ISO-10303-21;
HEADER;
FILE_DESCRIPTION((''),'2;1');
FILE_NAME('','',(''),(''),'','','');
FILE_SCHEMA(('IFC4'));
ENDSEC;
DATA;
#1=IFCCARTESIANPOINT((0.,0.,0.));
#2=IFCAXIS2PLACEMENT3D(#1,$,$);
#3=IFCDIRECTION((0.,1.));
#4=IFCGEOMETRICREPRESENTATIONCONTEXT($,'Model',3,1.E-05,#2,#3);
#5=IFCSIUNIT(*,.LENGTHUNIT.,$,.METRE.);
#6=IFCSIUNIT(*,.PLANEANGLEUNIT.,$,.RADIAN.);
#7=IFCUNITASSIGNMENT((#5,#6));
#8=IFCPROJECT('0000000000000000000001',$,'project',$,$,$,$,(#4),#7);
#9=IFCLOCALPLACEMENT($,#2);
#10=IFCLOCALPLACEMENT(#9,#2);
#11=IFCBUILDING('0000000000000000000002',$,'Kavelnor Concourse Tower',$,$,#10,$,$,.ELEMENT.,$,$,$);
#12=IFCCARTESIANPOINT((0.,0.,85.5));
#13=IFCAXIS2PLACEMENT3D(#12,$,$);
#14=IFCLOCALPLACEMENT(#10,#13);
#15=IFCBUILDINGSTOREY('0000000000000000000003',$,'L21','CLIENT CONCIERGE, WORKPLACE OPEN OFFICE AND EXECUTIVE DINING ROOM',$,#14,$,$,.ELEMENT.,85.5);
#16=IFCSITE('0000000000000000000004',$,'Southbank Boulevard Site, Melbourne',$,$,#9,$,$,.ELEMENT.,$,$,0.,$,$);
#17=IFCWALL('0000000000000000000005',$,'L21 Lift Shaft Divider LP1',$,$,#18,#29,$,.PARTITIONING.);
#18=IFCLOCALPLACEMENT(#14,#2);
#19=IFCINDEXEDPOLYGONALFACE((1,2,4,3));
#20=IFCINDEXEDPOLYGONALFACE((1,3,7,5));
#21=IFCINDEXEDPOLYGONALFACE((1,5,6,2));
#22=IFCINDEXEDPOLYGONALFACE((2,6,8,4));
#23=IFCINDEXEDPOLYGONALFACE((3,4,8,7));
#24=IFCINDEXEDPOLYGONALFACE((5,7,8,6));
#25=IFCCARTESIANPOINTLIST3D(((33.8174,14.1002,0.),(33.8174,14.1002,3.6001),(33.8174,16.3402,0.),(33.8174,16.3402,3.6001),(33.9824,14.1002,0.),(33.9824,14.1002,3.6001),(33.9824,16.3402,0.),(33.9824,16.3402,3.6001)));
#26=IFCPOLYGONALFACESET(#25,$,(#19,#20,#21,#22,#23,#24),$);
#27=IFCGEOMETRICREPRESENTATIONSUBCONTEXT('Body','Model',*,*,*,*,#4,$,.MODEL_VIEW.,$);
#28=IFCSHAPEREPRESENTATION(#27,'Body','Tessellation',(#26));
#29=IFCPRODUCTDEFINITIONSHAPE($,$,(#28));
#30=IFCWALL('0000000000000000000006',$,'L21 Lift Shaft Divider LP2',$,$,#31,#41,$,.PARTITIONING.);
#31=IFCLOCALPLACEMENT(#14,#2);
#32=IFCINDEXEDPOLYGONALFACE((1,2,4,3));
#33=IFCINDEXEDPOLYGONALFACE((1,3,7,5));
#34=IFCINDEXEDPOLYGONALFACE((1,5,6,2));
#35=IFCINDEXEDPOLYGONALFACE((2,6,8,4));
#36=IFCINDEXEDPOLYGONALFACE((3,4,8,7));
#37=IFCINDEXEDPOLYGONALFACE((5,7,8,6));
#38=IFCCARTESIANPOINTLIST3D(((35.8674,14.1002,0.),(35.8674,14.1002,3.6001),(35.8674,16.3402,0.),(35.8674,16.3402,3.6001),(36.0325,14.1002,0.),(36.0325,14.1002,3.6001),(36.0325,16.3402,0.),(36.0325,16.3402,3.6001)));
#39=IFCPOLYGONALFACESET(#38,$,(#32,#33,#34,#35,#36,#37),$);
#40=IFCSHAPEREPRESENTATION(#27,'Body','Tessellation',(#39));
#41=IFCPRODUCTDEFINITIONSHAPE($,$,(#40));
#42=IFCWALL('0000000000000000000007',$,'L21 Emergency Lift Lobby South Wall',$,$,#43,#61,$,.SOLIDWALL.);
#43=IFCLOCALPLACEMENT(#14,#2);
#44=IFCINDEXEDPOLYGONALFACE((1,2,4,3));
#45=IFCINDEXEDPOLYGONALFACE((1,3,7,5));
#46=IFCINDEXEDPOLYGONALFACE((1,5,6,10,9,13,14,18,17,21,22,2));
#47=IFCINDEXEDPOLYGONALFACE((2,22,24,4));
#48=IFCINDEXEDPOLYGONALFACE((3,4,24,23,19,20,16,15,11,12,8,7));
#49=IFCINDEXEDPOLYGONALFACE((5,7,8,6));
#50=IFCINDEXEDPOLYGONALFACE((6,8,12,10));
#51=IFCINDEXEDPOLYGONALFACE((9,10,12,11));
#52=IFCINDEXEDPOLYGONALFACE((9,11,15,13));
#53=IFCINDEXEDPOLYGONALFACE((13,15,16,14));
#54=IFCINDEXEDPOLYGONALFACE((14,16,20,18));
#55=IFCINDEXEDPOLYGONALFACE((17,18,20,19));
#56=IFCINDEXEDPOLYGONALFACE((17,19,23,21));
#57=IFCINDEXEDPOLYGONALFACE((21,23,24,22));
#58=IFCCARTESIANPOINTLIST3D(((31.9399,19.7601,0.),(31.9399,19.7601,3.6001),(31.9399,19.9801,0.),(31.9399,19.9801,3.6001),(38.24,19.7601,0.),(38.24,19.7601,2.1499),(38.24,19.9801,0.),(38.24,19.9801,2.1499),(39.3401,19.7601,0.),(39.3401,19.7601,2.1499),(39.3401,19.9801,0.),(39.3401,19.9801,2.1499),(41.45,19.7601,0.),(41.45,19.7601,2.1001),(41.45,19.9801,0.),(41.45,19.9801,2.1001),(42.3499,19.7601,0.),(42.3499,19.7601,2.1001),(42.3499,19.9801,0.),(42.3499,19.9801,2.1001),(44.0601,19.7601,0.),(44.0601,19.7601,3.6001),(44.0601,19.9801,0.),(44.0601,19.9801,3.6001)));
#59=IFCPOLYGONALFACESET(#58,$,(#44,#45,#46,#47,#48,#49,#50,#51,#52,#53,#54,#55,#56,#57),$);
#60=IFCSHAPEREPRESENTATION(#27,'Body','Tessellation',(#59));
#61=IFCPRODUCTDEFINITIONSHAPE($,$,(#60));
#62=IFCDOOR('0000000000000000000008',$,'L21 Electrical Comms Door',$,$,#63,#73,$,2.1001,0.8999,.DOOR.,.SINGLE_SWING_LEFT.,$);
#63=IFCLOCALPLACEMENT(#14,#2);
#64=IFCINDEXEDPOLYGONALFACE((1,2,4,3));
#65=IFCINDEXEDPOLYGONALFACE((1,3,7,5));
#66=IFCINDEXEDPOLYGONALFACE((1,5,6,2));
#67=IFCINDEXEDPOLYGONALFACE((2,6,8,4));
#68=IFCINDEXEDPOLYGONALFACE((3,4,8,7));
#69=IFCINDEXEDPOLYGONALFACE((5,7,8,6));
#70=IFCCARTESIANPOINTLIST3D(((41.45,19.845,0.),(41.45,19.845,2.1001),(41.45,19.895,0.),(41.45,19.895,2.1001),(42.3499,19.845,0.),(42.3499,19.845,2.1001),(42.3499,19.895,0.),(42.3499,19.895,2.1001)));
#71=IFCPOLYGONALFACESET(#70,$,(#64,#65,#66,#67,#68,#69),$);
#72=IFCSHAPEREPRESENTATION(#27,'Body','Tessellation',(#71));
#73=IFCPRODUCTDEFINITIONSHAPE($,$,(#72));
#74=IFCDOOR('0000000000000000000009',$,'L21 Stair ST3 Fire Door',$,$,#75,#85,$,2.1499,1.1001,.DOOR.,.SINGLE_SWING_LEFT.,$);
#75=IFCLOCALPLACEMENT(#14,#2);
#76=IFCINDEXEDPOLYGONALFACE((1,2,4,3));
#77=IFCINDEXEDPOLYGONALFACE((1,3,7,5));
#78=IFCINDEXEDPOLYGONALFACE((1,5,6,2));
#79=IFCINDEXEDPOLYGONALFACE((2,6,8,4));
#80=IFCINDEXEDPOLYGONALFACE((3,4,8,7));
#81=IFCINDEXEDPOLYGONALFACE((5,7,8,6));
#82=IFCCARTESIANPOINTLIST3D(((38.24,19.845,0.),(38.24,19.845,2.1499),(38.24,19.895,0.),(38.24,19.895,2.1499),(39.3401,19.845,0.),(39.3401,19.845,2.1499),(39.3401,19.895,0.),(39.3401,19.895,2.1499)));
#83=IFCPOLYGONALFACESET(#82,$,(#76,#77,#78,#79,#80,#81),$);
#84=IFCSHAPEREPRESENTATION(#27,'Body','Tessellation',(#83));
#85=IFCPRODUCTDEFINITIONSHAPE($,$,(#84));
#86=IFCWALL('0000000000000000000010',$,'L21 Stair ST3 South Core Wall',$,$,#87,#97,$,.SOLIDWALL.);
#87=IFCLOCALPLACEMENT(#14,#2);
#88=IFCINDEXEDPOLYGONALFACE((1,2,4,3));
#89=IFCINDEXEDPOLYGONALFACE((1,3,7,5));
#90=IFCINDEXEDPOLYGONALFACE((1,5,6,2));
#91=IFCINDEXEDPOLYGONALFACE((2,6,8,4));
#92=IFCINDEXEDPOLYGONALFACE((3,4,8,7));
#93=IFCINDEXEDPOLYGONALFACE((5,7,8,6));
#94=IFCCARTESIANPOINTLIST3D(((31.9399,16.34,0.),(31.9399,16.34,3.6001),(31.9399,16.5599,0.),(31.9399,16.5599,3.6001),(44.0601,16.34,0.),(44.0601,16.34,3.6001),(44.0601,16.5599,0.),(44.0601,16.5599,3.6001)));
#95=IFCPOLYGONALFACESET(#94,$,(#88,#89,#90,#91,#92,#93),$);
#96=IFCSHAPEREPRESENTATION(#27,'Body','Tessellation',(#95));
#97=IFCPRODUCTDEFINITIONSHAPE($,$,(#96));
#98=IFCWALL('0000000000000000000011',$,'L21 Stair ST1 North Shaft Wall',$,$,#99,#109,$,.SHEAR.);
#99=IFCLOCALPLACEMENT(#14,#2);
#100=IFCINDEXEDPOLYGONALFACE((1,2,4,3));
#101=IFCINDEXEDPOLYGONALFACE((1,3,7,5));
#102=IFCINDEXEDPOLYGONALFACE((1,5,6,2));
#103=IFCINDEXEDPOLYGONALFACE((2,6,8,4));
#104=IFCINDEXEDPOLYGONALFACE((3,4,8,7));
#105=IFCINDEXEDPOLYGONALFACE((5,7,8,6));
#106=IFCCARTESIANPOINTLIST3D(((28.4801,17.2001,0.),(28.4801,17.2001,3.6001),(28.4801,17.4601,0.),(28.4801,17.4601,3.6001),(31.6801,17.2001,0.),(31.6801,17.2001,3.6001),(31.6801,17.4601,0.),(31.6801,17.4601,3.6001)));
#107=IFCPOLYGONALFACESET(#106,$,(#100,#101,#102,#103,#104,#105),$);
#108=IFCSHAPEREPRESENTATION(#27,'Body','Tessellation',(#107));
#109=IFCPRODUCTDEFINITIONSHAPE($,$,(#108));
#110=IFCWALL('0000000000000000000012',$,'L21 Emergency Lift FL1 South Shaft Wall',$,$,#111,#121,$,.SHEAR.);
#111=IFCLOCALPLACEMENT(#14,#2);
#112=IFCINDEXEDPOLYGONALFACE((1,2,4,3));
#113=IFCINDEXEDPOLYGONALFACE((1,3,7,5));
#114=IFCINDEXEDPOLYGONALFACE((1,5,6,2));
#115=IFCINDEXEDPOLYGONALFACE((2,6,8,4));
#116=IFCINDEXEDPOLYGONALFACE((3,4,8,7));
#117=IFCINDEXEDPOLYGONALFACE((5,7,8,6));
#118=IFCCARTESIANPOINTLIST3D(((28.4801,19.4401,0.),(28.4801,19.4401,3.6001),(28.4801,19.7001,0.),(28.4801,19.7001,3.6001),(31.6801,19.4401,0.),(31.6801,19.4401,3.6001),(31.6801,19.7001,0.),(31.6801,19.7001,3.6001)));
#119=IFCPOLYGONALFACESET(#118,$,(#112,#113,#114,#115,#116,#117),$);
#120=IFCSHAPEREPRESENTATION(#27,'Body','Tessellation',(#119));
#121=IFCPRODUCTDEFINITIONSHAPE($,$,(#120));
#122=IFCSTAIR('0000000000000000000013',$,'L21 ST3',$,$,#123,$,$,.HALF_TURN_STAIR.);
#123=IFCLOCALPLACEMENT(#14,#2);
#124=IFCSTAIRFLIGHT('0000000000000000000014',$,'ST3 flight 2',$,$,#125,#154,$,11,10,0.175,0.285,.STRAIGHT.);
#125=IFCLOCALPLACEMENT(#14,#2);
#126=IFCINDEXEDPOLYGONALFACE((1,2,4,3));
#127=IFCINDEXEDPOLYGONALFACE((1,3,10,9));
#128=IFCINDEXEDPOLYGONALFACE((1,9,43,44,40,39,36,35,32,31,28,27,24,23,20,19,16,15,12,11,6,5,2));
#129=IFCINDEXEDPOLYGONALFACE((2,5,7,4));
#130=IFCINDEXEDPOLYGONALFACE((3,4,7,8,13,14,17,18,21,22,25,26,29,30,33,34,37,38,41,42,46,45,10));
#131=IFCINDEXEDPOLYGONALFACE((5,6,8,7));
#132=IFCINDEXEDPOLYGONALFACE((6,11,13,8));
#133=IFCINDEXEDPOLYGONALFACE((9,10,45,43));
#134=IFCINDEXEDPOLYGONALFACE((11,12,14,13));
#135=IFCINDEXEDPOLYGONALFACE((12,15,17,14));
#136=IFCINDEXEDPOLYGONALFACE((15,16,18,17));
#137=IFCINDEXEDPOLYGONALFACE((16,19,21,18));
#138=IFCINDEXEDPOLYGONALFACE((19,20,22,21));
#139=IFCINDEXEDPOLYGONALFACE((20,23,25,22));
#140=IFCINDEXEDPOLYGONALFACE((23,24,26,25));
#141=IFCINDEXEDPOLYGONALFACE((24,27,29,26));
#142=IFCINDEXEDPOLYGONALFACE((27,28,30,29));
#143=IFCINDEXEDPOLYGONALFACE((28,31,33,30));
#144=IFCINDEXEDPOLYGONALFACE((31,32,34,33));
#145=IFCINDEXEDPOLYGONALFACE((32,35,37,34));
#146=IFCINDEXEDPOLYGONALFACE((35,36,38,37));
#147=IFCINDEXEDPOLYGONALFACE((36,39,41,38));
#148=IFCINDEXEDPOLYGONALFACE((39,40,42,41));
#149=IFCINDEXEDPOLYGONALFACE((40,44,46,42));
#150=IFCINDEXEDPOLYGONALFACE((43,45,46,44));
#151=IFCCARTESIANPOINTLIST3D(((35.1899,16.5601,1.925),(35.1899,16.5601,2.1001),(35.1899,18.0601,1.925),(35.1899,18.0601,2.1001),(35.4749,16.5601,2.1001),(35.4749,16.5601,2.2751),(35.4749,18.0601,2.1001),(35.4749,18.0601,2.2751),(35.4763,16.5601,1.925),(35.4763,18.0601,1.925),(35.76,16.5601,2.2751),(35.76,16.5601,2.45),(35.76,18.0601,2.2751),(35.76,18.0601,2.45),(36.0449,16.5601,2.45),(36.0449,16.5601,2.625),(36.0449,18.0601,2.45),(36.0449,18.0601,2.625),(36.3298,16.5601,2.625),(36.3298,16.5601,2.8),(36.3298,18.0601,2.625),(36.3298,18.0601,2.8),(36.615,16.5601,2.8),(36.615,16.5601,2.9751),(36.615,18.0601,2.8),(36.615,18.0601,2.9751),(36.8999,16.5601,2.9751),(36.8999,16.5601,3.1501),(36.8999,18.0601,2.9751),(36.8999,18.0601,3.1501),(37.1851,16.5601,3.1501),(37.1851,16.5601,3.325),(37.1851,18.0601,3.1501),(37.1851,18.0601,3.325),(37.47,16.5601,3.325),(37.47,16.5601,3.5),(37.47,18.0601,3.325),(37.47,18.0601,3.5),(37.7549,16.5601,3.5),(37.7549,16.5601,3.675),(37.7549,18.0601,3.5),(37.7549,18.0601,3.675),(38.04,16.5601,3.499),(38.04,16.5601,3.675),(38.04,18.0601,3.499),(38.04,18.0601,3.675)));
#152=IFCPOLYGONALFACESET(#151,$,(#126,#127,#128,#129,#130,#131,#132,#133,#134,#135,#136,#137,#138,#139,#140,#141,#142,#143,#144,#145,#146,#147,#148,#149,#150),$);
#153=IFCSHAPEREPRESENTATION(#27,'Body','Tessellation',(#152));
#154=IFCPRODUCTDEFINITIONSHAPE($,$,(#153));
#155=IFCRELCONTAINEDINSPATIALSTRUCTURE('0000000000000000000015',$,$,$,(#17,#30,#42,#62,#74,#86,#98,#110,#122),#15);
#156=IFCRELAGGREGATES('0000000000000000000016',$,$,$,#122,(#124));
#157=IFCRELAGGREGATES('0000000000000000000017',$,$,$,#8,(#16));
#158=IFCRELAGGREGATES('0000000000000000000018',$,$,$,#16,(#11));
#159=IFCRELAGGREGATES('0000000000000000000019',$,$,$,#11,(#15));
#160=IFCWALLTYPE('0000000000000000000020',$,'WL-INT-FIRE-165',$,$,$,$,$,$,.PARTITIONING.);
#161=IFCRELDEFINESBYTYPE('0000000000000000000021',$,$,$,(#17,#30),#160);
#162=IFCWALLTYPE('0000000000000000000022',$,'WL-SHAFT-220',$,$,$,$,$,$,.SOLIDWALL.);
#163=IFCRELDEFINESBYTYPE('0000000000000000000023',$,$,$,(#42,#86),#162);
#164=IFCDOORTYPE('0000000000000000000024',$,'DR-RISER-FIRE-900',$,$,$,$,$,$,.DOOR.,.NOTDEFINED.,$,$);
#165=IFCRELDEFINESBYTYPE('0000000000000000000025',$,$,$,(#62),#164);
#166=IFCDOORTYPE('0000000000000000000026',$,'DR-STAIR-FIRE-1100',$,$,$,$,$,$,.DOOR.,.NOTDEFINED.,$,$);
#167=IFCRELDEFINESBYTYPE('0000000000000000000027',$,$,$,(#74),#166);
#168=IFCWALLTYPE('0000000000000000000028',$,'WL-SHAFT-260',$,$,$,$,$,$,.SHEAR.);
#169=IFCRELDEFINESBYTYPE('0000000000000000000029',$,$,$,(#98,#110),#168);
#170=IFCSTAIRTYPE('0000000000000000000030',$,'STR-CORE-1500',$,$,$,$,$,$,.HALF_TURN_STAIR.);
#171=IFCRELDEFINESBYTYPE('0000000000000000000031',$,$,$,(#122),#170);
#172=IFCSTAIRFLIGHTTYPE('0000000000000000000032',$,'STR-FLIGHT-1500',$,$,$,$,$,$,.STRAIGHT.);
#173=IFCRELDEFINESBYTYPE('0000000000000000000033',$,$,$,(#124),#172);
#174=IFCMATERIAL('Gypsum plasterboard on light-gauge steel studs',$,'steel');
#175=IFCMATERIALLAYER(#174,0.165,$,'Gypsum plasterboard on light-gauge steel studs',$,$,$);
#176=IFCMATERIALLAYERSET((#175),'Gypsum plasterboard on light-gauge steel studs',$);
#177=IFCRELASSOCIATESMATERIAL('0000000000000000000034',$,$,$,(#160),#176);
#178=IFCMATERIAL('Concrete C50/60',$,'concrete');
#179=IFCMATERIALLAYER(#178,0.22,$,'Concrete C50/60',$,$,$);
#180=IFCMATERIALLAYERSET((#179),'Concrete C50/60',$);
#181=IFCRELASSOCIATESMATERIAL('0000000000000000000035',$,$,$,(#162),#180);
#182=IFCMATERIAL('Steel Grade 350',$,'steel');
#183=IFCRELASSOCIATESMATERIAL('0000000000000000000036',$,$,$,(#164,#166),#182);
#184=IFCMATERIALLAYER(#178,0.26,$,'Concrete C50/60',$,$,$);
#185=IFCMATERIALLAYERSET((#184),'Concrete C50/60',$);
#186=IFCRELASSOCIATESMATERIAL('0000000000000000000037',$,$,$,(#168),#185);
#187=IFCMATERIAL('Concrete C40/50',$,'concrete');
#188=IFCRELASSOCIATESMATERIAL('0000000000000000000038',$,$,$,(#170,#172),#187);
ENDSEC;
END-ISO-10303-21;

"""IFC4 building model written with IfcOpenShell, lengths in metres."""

from ifc_helpers import new_model, si_unit, direction, frame, frame_2d, origin, place, context, subcontext, project, spatial, polyline, rectangle, outline, extrude, material, layer, layer_set, type_object, element, fill, aggregate, save


model = new_model("IFC4")

# Units and contexts
model_context = context("Model", 3, precision=1e-05, world=origin(), true_north=direction((0.0, 1.0)))
body_context = subcontext(model_context, "Body", "Model", "MODEL_VIEW")
ifc_project = project(units=[si_unit("LENGTHUNIT", "METRE"), si_unit("PLANEANGLEUNIT", "RADIAN")], contexts=[model_context])

# Site, building, storey
site_placement = place(None, origin())
site = spatial("IfcSite", under=ifc_project, at=site_placement, Name="Southbank Boulevard Site, Melbourne", CompositionType="ELEMENT", RefElevation=0.0)
building_placement = place(site_placement, origin())
building = spatial("IfcBuilding", under=site, at=building_placement, Name="Kavelnor Concourse Tower", CompositionType="ELEMENT")
storey_placement = place(building_placement, frame((0.0, 0.0, 85.5)))
storey = spatial("IfcBuildingStorey", under=building, at=storey_placement, Name="L21", Description="CLIENT CONCIERGE, WORKPLACE OPEN OFFICE AND EXECUTIVE DINING ROOM", CompositionType="ELEMENT", Elevation=85.5)

# Shared definitions
ifc_material_1 = material(Name="Steel Grade 350", Category="steel")

# Walls
ifc_material_2 = material(Name="Gypsum plasterboard on light-gauge steel studs", Category="steel")
ifc_layer_1 = layer(ifc_material_2, 0.165, Name="Gypsum plasterboard on light-gauge steel studs")
ifc_layer_set_1 = layer_set([ifc_layer_1], Name="Gypsum plasterboard on light-gauge steel studs")
wall_type_1 = type_object("IfcWallType", Name="WL-INT-FIRE-165", PredefinedType="PARTITIONING", material=ifc_layer_set_1)
for number, where, z_axis, x_axis, name in (
    (1, (33.8999, 14.1001, 0.0), (0.0, 0.0, 1.0), (0.0, 1.0, 0.0), "L21 Lift Shaft Divider LP1"),
    (2, (35.95, 14.1001, 0.0), (0.0, 0.0, 1.0), (0.0, 1.0, 0.0), "L21 Lift Shaft Divider LP2"),
):
    element("IfcWall", number, at=place(storey_placement, frame(where, z_axis=z_axis, x_axis=x_axis)), inside=storey, type_object=wall_type_1, Name=name, PredefinedType="PARTITIONING", context=body_context, shape_type="SweptSolid", body=[
        extrude(rectangle(XDim=2.24, YDim=0.165, at=frame_2d((1.1201, 0.0))), origin(), (0.0, 0.0, 1.0), 3.6001),
    ])

# Wall, openings, doors
ifc_material_3 = material(Name="Concrete C50/60", Category="concrete")
ifc_layer_2 = layer(ifc_material_3, 0.22, Name="Concrete C50/60")
ifc_layer_set_2 = layer_set([ifc_layer_2], Name="Concrete C50/60")
wall_type_2 = type_object("IfcWallType", Name="WL-SHAFT-220", PredefinedType="SOLIDWALL", material=ifc_layer_set_2)
wall_1_placement = place(storey_placement, frame((31.9399, 19.8701, 0.0), z_axis=(0.0, 0.0, 1.0), x_axis=(1.0, 0.0, 0.0)))
wall_1 = element("IfcWall", 3, at=wall_1_placement, inside=storey, type_object=wall_type_2, Name="L21 Emergency Lift Lobby South Wall", PredefinedType="SOLIDWALL", context=body_context, shape_type="SweptSolid", body=[
    extrude(rectangle(XDim=12.1201, YDim=0.22, at=frame_2d((6.0601, 0.0))), origin(), (0.0, 0.0, 1.0), 3.6001),
])
opening_1_placement = place(wall_1_placement, frame((6.3, 0.0, 0.0)))
opening_1 = element("IfcOpeningElement", 4, at=opening_1_placement, cuts=wall_1, PredefinedType="OPENING", context=body_context, shape_type="SweptSolid", body=[
    extrude(rectangle(XDim=1.1001, YDim=2.1499, at=frame_2d((0.55, 1.075))), frame((0.0, 0.1201, 0.0), z_axis=(0.0, -1.0, 0.0), x_axis=(1.0, 0.0, 0.0)), (0.0, 0.0, 1.0), 0.24),
])
opening_2_placement = place(wall_1_placement, frame((9.51, 0.0, 0.0)))
opening_2 = element("IfcOpeningElement", 5, at=opening_2_placement, cuts=wall_1, PredefinedType="OPENING", context=body_context, shape_type="SweptSolid", body=[
    extrude(rectangle(XDim=0.8999, YDim=2.1001, at=frame_2d((0.45, 1.05))), frame((0.0, 0.1201, 0.0), z_axis=(0.0, -1.0, 0.0), x_axis=(1.0, 0.0, 0.0)), (0.0, 0.0, 1.0), 0.24),
])
door_type_1 = type_object("IfcDoorType", Name="DR-RISER-FIRE-900", OperationType="NOTDEFINED", PredefinedType="DOOR", material=ifc_material_1)
door_1_placement = place(opening_2_placement, origin())
door_1 = element("IfcDoor", 6, at=door_1_placement, inside=storey, type_object=door_type_1, Name="L21 Electrical Comms Door", OperationType="SINGLE_SWING_LEFT", OverallHeight=2.1001, OverallWidth=0.8999, PredefinedType="DOOR", context=body_context, shape_type="SweptSolid", body=[
    extrude(rectangle(XDim=0.8999, YDim=2.1001, at=frame_2d((0.45, 1.05))), frame((0.0, 0.0249, 0.0), z_axis=(0.0, -1.0, 0.0), x_axis=(1.0, 0.0, 0.0)), (0.0, 0.0, 1.0), 0.05),
])
fill(opening_2, door_1)
door_type_2 = type_object("IfcDoorType", Name="DR-STAIR-FIRE-1100", OperationType="NOTDEFINED", PredefinedType="DOOR", material=ifc_material_1)
door_2_placement = place(opening_1_placement, origin())
door_2 = element("IfcDoor", 7, at=door_2_placement, inside=storey, type_object=door_type_2, Name="L21 Stair ST3 Fire Door", OperationType="SINGLE_SWING_LEFT", OverallHeight=2.1499, OverallWidth=1.1001, PredefinedType="DOOR", context=body_context, shape_type="SweptSolid", body=[
    extrude(rectangle(XDim=1.1001, YDim=2.1499, at=frame_2d((0.55, 1.075))), frame((0.0, 0.0249, 0.0), z_axis=(0.0, -1.0, 0.0), x_axis=(1.0, 0.0, 0.0)), (0.0, 0.0, 1.0), 0.05),
])
fill(opening_1, door_2)

# Walls
wall_2_placement = place(storey_placement, frame((31.9399, 16.45, 0.0), z_axis=(0.0, 0.0, 1.0), x_axis=(1.0, 0.0, 0.0)))
element("IfcWall", 8, at=wall_2_placement, inside=storey, type_object=wall_type_2, Name="L21 Stair ST3 South Core Wall", PredefinedType="SOLIDWALL", context=body_context, shape_type="SweptSolid", body=[
    extrude(rectangle(XDim=12.1201, YDim=0.22, at=frame_2d((6.0601, 0.0))), origin(), (0.0, 0.0, 1.0), 3.6001),
])
ifc_layer_3 = layer(ifc_material_3, 0.26, Name="Concrete C50/60")
ifc_layer_set_3 = layer_set([ifc_layer_3], Name="Concrete C50/60")
wall_type_3 = type_object("IfcWallType", Name="WL-SHAFT-260", PredefinedType="SHEAR", material=ifc_layer_set_3)
for number, where, z_axis, x_axis, name in (
    (9, (28.48, 17.3301, 0.0), (0.0, 0.0, 1.0), (1.0, 0.0, 0.0), "L21 Stair ST1 North Shaft Wall"),
    (10, (28.48, 19.5701, 0.0), (0.0, 0.0, 1.0), (1.0, 0.0, 0.0), "L21 Emergency Lift FL1 South Shaft Wall"),
):
    element("IfcWall", number, at=place(storey_placement, frame(where, z_axis=z_axis, x_axis=x_axis)), inside=storey, type_object=wall_type_3, Name=name, PredefinedType="SHEAR", context=body_context, shape_type="SweptSolid", body=[
        extrude(rectangle(XDim=3.2, YDim=0.26, at=frame_2d((1.6001, 0.0))), origin(), (0.0, 0.0, 1.0), 3.6001),
    ])

# Stair, stair flight
ifc_material_4 = material(Name="Concrete C40/50", Category="concrete")
stair_type = type_object("IfcStairType", Name="STR-CORE-1500", PredefinedType="HALF_TURN_STAIR", material=ifc_material_4)
stair_placement = place(storey_placement, origin())
stair = element("IfcStair", 11, at=stair_placement, inside=storey, type_object=stair_type, Name="L21 ST3", PredefinedType="HALF_TURN_STAIR")
stair_flight_type = type_object("IfcStairFlightType", Name="STR-FLIGHT-1500", PredefinedType="STRAIGHT", material=ifc_material_4)
stair_flight_placement = place(storey_placement, frame((35.1899, 17.3101, 1.925), z_axis=(0.0, 0.0, 1.0), x_axis=(1.0, 0.0, 0.0)))
stair_flight = element("IfcStairFlight", 12, at=stair_flight_placement, type_object=stair_flight_type, Name="ST3 flight 2", NumberOfRisers=11, NumberOfTreads=10, PredefinedType="STRAIGHT", RiserHeight=0.175, TreadLength=0.285, context=body_context, shape_type="SweptSolid", body=[
    extrude(outline(polyline([(0.0, 0.0), (0.0, 0.175), (0.2849, 0.175), (0.2849, 0.3501), (0.5701, 0.3501), (0.5701, 0.5249), (0.855, 0.5249), (0.855, 0.7), (1.1399, 0.7), (1.1399, 0.875), (1.425, 0.875), (1.425, 1.05), (1.71, 1.05), (1.71, 1.2251), (1.9951, 1.2251), (1.9951, 1.3999), (2.28, 1.3999), (2.28, 1.575), (2.5649, 1.575), (2.5649, 1.75), (2.8501, 1.75), (2.8501, 1.925), (2.8501, 1.574), (0.2864, 0.0), (0.0, 0.0)])), frame((0.0, 0.75, 0.0), z_axis=(0.0, -1.0, 0.0), x_axis=(1.0, 0.0, 0.0)), (0.0, 0.0, 1.0), 1.5),
])
aggregate(stair, [stair_flight])

save(model, "model.ifc")
